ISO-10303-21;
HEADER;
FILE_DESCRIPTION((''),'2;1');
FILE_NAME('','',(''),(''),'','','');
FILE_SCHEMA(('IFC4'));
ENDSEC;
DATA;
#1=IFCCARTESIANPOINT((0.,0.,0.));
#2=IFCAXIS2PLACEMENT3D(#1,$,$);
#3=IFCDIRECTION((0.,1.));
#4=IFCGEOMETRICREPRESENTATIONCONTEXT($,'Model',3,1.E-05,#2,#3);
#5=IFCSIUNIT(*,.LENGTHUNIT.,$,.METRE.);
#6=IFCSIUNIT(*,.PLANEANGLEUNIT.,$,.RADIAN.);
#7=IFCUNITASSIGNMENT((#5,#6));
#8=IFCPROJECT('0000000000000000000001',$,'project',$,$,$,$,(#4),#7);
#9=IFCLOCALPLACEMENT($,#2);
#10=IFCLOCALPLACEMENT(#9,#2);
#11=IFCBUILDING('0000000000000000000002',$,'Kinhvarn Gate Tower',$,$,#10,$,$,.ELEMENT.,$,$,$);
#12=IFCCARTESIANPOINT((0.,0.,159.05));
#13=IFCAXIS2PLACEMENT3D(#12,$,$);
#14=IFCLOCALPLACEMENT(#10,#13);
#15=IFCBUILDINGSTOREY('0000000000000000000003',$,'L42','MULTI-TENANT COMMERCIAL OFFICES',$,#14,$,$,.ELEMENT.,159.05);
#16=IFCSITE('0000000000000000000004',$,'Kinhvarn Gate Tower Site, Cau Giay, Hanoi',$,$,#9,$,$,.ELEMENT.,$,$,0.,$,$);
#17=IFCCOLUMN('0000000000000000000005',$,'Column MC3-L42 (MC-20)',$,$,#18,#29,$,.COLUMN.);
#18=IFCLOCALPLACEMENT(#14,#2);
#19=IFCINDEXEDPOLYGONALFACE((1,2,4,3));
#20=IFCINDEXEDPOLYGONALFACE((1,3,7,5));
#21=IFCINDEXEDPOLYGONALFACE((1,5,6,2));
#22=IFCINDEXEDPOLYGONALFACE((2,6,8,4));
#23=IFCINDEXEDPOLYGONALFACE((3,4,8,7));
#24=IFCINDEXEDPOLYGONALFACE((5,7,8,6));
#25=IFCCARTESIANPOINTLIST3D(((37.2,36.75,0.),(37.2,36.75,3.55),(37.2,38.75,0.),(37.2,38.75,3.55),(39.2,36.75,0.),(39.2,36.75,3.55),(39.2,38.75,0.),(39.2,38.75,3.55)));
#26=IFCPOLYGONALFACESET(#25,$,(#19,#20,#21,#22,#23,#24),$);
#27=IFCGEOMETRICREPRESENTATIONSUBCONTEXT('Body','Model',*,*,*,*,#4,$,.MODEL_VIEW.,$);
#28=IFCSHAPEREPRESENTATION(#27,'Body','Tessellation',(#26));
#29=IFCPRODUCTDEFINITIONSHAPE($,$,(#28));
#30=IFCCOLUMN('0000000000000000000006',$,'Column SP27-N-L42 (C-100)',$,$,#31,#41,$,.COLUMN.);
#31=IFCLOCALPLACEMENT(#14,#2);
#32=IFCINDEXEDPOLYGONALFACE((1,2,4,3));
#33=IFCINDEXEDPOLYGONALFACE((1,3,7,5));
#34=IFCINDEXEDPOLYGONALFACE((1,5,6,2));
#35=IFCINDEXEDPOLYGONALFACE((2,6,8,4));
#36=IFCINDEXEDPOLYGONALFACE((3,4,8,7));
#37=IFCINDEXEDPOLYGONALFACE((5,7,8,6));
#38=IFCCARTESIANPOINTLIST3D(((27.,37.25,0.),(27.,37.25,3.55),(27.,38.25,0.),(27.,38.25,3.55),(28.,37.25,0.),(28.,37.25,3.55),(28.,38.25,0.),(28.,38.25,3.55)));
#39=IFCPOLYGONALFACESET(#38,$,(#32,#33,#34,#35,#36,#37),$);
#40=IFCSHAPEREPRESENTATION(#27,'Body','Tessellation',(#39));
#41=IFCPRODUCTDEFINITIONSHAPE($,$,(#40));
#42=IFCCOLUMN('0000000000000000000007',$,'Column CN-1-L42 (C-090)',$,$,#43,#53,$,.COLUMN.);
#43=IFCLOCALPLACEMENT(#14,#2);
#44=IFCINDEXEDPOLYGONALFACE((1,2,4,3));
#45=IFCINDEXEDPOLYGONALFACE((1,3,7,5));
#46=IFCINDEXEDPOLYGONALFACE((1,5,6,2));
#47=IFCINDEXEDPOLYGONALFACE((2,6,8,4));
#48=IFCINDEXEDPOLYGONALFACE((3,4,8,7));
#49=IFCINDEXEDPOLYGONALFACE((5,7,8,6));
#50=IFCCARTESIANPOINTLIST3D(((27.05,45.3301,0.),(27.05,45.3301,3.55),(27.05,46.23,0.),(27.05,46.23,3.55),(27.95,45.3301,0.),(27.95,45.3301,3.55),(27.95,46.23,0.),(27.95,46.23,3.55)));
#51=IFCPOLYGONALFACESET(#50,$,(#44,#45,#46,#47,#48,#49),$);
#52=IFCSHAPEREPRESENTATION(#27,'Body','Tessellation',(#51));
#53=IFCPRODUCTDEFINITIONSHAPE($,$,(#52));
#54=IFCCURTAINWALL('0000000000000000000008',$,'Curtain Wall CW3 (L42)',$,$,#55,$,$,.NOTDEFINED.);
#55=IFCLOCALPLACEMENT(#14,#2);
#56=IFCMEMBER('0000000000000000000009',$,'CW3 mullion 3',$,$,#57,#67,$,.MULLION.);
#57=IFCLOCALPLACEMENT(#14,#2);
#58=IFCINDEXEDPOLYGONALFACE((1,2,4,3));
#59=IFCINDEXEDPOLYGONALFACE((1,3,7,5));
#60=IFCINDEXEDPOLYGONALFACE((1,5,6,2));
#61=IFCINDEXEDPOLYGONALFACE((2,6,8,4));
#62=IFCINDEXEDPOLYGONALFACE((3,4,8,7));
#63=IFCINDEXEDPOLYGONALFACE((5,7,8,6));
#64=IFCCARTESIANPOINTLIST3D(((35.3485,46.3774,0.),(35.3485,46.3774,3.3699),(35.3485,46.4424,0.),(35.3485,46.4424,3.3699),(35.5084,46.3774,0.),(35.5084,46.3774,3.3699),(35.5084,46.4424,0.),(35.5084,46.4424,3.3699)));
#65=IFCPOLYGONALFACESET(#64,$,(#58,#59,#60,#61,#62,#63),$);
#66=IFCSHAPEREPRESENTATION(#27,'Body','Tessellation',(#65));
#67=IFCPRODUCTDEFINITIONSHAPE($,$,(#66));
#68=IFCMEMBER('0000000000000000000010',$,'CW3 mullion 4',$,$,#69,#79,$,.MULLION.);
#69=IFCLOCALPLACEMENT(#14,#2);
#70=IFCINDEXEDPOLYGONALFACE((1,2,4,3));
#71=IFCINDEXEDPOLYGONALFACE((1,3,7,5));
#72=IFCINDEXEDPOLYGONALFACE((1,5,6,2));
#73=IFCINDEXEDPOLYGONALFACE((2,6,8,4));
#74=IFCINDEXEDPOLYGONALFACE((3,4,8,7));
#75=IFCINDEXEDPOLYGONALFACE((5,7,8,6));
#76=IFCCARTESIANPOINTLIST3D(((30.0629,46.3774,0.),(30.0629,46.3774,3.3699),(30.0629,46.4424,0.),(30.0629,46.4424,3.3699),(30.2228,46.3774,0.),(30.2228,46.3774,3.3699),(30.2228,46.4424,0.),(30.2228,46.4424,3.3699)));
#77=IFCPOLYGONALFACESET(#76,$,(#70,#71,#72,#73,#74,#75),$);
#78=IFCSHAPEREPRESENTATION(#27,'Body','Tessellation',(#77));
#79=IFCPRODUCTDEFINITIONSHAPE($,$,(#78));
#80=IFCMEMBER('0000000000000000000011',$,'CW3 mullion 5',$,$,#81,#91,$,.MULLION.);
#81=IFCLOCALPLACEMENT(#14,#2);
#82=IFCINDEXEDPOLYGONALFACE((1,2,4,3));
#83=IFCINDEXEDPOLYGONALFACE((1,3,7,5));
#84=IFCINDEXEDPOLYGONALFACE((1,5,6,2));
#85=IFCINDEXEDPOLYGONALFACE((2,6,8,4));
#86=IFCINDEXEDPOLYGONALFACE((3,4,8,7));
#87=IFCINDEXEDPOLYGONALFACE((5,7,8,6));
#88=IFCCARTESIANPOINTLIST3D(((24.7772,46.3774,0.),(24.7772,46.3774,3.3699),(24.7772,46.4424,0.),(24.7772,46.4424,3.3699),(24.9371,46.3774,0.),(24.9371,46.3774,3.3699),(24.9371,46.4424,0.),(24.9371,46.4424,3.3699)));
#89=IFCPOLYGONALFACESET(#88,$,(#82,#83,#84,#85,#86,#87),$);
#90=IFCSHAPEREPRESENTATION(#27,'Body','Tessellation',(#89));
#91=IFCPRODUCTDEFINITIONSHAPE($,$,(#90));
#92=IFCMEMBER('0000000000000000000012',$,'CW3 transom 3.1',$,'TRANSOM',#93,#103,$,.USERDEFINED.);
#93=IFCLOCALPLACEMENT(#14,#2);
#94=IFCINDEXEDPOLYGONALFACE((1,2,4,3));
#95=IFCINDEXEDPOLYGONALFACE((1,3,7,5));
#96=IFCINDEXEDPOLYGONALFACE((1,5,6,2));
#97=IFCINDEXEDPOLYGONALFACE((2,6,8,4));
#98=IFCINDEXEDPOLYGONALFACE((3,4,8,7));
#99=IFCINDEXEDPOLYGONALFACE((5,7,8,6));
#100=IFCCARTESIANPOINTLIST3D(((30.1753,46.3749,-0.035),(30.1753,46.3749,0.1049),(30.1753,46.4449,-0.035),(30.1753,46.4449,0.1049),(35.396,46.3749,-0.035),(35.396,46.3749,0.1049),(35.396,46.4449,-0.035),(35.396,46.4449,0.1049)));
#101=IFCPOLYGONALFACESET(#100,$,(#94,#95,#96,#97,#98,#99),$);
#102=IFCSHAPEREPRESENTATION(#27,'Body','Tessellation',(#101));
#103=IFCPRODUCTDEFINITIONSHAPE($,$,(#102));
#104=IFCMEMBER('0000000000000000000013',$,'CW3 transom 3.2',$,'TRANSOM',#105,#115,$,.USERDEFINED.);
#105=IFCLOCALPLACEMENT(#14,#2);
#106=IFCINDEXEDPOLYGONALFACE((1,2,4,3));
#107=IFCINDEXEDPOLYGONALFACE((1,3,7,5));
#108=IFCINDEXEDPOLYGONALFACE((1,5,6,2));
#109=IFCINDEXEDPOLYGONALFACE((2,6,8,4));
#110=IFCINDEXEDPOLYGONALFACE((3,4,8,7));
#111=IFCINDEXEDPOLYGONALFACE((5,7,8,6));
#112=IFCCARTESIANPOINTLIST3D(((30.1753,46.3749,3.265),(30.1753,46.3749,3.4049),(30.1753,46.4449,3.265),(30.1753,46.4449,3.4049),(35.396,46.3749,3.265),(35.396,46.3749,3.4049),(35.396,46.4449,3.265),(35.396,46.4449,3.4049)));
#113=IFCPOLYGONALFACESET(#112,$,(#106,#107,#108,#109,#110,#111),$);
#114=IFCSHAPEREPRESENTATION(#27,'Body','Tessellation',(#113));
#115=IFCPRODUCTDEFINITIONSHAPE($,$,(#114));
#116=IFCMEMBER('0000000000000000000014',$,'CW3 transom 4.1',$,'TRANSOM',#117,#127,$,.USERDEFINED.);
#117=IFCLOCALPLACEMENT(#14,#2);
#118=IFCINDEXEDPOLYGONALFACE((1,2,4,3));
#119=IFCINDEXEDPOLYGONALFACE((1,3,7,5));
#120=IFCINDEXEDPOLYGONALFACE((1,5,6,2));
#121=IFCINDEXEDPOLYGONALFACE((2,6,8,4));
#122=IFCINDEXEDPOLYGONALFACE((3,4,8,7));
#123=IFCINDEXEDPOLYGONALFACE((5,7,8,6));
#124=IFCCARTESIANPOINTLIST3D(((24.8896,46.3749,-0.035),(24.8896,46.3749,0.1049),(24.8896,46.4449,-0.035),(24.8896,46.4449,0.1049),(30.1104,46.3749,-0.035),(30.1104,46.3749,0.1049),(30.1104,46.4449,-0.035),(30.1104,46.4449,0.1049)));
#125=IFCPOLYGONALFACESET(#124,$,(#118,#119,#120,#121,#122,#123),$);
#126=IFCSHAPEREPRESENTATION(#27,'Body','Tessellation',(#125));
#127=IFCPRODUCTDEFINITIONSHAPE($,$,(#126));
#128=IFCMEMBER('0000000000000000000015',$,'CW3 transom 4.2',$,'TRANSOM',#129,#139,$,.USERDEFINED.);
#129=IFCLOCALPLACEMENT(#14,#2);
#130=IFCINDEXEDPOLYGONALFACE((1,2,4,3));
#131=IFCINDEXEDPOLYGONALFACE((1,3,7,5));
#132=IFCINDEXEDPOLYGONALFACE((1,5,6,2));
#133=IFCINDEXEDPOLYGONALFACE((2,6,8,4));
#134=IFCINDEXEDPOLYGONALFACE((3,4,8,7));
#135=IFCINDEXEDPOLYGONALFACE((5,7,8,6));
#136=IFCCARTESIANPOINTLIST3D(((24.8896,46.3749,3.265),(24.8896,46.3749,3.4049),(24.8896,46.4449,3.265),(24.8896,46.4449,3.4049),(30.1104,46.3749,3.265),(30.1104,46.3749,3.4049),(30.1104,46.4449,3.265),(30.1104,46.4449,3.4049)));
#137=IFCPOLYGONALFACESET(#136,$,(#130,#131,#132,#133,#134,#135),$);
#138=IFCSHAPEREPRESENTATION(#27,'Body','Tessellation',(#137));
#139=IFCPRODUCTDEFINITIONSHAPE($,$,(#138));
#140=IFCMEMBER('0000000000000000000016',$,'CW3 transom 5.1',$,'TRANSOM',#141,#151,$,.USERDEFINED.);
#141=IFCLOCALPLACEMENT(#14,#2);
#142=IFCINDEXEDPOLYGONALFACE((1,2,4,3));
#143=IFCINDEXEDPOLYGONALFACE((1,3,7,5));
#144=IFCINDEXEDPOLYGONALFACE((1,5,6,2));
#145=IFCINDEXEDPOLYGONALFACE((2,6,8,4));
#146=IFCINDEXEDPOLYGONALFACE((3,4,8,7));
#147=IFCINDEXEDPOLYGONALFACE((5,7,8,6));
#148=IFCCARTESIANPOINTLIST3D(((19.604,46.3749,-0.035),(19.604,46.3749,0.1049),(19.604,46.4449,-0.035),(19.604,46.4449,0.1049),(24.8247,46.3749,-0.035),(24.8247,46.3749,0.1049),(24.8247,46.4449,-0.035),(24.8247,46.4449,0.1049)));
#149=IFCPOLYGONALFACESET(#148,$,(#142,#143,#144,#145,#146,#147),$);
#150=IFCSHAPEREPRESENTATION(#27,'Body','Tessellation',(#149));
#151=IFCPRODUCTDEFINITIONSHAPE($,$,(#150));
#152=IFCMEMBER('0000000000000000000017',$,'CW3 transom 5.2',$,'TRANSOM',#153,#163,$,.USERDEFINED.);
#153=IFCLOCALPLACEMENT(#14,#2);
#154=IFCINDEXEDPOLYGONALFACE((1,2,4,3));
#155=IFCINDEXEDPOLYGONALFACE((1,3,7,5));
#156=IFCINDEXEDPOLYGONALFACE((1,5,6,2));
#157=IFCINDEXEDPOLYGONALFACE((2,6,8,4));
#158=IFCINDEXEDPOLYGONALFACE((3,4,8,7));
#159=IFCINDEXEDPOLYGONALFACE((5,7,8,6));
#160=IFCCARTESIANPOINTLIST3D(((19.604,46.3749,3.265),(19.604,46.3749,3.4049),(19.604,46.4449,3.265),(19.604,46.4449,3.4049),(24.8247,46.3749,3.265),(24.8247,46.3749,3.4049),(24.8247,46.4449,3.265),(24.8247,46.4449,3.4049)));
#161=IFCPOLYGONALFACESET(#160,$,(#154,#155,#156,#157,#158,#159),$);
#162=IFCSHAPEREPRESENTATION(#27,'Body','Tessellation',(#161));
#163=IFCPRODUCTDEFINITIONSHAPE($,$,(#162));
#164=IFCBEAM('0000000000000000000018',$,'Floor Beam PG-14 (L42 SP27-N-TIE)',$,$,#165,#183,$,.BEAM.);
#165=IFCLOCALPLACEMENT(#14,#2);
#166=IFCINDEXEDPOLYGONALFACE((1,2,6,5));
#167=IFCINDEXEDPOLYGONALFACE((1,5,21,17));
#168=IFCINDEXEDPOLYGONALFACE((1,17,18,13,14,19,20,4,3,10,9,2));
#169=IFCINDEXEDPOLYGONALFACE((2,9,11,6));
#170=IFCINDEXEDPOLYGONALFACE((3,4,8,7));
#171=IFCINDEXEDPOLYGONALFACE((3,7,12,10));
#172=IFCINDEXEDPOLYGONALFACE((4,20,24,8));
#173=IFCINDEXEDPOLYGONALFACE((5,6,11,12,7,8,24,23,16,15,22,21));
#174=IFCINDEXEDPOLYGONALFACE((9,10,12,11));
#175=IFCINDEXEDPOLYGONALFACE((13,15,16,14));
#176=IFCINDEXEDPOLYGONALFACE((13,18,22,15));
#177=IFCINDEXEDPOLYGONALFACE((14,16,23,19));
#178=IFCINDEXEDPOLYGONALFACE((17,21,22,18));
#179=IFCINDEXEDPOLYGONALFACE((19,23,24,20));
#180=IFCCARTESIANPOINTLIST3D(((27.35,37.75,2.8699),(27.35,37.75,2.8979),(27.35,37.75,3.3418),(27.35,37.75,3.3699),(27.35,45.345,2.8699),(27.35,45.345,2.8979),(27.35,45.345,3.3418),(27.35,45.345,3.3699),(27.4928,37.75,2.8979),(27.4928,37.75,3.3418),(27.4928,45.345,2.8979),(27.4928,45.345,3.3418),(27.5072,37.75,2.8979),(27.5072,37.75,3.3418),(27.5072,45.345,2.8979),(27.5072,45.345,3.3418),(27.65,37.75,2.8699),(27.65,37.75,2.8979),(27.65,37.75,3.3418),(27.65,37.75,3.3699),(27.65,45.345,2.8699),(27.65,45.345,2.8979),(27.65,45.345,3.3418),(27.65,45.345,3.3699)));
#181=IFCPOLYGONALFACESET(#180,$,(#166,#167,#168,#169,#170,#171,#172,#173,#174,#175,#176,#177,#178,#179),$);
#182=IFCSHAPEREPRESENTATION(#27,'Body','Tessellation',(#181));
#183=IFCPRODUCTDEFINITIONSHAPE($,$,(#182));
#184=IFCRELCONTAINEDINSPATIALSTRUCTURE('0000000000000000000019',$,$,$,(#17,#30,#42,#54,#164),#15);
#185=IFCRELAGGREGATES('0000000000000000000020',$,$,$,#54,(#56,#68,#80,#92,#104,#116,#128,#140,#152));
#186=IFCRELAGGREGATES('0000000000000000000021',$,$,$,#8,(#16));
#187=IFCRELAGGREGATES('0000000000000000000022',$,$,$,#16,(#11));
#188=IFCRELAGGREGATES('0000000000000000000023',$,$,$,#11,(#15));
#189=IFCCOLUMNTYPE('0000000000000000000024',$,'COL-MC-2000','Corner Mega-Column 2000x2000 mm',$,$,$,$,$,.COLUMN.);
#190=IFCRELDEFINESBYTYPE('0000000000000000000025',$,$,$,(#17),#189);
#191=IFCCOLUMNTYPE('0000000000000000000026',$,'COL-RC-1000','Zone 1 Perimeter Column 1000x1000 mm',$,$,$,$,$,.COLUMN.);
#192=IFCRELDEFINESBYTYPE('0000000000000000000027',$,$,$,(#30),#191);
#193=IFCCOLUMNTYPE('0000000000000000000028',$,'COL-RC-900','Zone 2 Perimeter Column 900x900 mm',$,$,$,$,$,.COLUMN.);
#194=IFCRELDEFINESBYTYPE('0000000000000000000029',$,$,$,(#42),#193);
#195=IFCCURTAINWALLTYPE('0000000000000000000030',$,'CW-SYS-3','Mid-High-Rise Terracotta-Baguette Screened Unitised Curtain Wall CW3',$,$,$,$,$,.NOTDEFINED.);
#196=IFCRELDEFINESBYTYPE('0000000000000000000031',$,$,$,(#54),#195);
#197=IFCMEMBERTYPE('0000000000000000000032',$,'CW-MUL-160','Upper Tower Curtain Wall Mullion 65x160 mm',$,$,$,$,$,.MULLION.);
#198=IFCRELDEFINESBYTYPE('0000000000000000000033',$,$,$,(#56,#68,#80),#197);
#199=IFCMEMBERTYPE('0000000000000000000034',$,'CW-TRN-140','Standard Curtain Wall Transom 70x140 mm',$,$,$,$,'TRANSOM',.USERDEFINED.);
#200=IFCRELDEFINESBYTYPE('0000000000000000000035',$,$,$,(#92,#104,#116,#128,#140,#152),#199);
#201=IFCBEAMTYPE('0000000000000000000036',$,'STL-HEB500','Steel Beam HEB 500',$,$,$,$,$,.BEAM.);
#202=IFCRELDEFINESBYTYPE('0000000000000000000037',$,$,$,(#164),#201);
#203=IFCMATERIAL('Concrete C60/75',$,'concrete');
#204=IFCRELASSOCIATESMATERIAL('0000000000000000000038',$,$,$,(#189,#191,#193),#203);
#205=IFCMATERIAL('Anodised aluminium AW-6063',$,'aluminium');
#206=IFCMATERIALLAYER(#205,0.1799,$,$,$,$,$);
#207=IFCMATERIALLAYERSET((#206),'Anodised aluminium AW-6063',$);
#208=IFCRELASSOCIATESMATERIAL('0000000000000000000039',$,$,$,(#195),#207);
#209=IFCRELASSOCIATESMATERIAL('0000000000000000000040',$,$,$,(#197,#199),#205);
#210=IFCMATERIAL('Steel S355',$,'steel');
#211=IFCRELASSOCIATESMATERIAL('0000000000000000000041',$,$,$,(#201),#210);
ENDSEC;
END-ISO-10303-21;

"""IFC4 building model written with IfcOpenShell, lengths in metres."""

from ifc_helpers import new_model, si_unit, direction, frame, origin, origin_2d, place, context, subcontext, project, spatial, rectangle, i_section, extrude, material, layer, layer_set, material_profile, profile_set, type_object, element, aggregate, save


model = new_model("IFC4")

# Units and contexts
model_context = context("Model", 3, precision=1e-05, world=origin(), true_north=direction((0.0, 1.0)))
body_context = subcontext(model_context, "Body", "Model", "MODEL_VIEW")
ifc_project = project(units=[si_unit("LENGTHUNIT", "METRE"), si_unit("PLANEANGLEUNIT", "RADIAN")], contexts=[model_context])

# Site, building, storey
site_placement = place(None, origin())
site = spatial("IfcSite", under=ifc_project, at=site_placement, Name="Kinhvarn Gate Tower Site, Cau Giay, Hanoi", CompositionType="ELEMENT", RefElevation=0.0)
building_placement = place(site_placement, origin())
building = spatial("IfcBuilding", under=site, at=building_placement, Name="Kinhvarn Gate Tower", CompositionType="ELEMENT")
storey_placement = place(building_placement, frame((0.0, 0.0, 159.05)))
storey = spatial("IfcBuildingStorey", under=building, at=storey_placement, Name="L42", Description="MULTI-TENANT COMMERCIAL OFFICES", CompositionType="ELEMENT", Elevation=159.05)

# Columns
ifc_material_1 = material(Name="Concrete C60/75", Category="concrete")
ifc_material_profile_1 = material_profile(ifc_material_1, rectangle(XDim=2.0, YDim=2.0, at=origin_2d()), Name="RC 2000x2000")
ifc_profile_set_1 = profile_set([ifc_material_profile_1], Name="Concrete C60/75")
column_type_1 = type_object("IfcColumnType", Name="COL-MC-2000", Description="Corner Mega-Column 2000x2000 mm", PredefinedType="COLUMN", material=ifc_profile_set_1)
column_1_placement = place(storey_placement, frame((38.2, 37.75, 0.0), z_axis=(0.0, 0.0, 1.0), x_axis=(1.0, 0.0, 0.0)))
element("IfcColumn", 1, at=column_1_placement, inside=storey, type_object=column_type_1, Name="Column MC3-L42 (MC-20)", PredefinedType="COLUMN", context=body_context, shape_type="SweptSolid", body=[
    extrude(rectangle(XDim=2.0, YDim=2.0, at=origin_2d()), origin(), (0.0, 0.0, 1.0), 3.55),
])
ifc_material_profile_2 = material_profile(ifc_material_1, rectangle(XDim=1.0, YDim=1.0, at=origin_2d()), Name="RC 1000x1000")
ifc_profile_set_2 = profile_set([ifc_material_profile_2], Name="Concrete C60/75")
column_type_2 = type_object("IfcColumnType", Name="COL-RC-1000", Description="Zone 1 Perimeter Column 1000x1000 mm", PredefinedType="COLUMN", material=ifc_profile_set_2)
column_2_placement = place(storey_placement, frame((27.5, 37.75, 0.0), z_axis=(0.0, 0.0, 1.0), x_axis=(1.0, 0.0, 0.0)))
element("IfcColumn", 2, at=column_2_placement, inside=storey, type_object=column_type_2, Name="Column SP27-N-L42 (C-100)", PredefinedType="COLUMN", context=body_context, shape_type="SweptSolid", body=[
    extrude(rectangle(XDim=1.0, YDim=1.0, at=origin_2d()), origin(), (0.0, 0.0, 1.0), 3.55),
])
ifc_material_profile_3 = material_profile(ifc_material_1, rectangle(XDim=0.8999, YDim=0.8999, at=origin_2d()), Name="RC 900x900")
ifc_profile_set_3 = profile_set([ifc_material_profile_3], Name="Concrete C60/75")
column_type_3 = type_object("IfcColumnType", Name="COL-RC-900", Description="Zone 2 Perimeter Column 900x900 mm", PredefinedType="COLUMN", material=ifc_profile_set_3)
column_3_placement = place(storey_placement, frame((27.5, 45.78, 0.0), z_axis=(0.0, 0.0, 1.0), x_axis=(1.0, 0.0, 0.0)))
element("IfcColumn", 3, at=column_3_placement, inside=storey, type_object=column_type_3, Name="Column CN-1-L42 (C-090)", PredefinedType="COLUMN", context=body_context, shape_type="SweptSolid", body=[
    extrude(rectangle(XDim=0.8999, YDim=0.8999, at=origin_2d()), origin(), (0.0, 0.0, 1.0), 3.55),
])

# Curtain wall, members
ifc_material_2 = material(Name="Anodised aluminium AW-6063", Category="aluminium")
ifc_layer_1 = layer(ifc_material_2, 0.1799)
ifc_layer_set_1 = layer_set([ifc_layer_1], Name="Anodised aluminium AW-6063")
curtain_wall_type = type_object("IfcCurtainWallType", Name="CW-SYS-3", Description="Mid-High-Rise Terracotta-Baguette Screened Unitised Curtain Wall CW3", PredefinedType="NOTDEFINED", material=ifc_layer_set_1)
curtain_wall_placement = place(storey_placement, origin())
curtain_wall = element("IfcCurtainWall", 4, at=curtain_wall_placement, inside=storey, type_object=curtain_wall_type, Name="Curtain Wall CW3 (L42)", PredefinedType="NOTDEFINED")
ifc_material_profile_4 = material_profile(ifc_material_2, rectangle(XDim=0.0649, YDim=0.1599, at=origin_2d()), Name="ALU 65x160")
ifc_profile_set_4 = profile_set([ifc_material_profile_4], Name="Anodised aluminium AW-6063")
member_type_1 = type_object("IfcMemberType", Name="CW-MUL-160", Description="Upper Tower Curtain Wall Mullion 65x160 mm", PredefinedType="MULLION", material=ifc_profile_set_4)
member_1_placement = place(storey_placement, frame((35.4285, 46.4099, 0.0), z_axis=(0.0, 0.0, 1.0), x_axis=(0.0, -1.0, 0.0)))
member_1 = element("IfcMember", 5, at=member_1_placement, type_object=member_type_1, Name="CW3 mullion 3", PredefinedType="MULLION", context=body_context, shape_type="SweptSolid", body=[
    extrude(rectangle(XDim=0.0649, YDim=0.1599, at=origin_2d()), origin(), (0.0, 0.0, 1.0), 3.3699),
])
member_2_placement = place(storey_placement, frame((30.1428, 46.4099, 0.0), z_axis=(0.0, 0.0, 1.0), x_axis=(0.0, -1.0, 0.0)))
member_2 = element("IfcMember", 6, at=member_2_placement, type_object=member_type_1, Name="CW3 mullion 4", PredefinedType="MULLION", context=body_context, shape_type="SweptSolid", body=[
    extrude(rectangle(XDim=0.0649, YDim=0.1599, at=origin_2d()), origin(), (0.0, 0.0, 1.0), 3.3699),
])
member_3_placement = place(storey_placement, frame((24.8572, 46.4099, 0.0), z_axis=(0.0, 0.0, 1.0), x_axis=(0.0, -1.0, 0.0)))
member_3 = element("IfcMember", 7, at=member_3_placement, type_object=member_type_1, Name="CW3 mullion 5", PredefinedType="MULLION", context=body_context, shape_type="SweptSolid", body=[
    extrude(rectangle(XDim=0.0649, YDim=0.1599, at=origin_2d()), origin(), (0.0, 0.0, 1.0), 3.3699),
])
ifc_material_profile_5 = material_profile(ifc_material_2, rectangle(XDim=0.0701, YDim=0.1399, at=origin_2d()), Name="ALU 70x140")
ifc_profile_set_5 = profile_set([ifc_material_profile_5], Name="Anodised aluminium AW-6063")
member_type_2 = type_object("IfcMemberType", Name="CW-TRN-140", Description="Standard Curtain Wall Transom 70x140 mm", ElementType="TRANSOM", PredefinedType="USERDEFINED", material=ifc_profile_set_5)
member_4_placement = place(storey_placement, frame((35.396, 46.4099, 0.0349), z_axis=(-1.0, 0.0, 0.0), x_axis=(0.0, -1.0, 0.0)))
member_4 = element("IfcMember", 8, at=member_4_placement, type_object=member_type_2, Name="CW3 transom 3.1", ObjectType="TRANSOM", PredefinedType="USERDEFINED", context=body_context, shape_type="SweptSolid", body=[
    extrude(rectangle(XDim=0.0701, YDim=0.1399, at=origin_2d()), origin(), (0.0, 0.0, 1.0), 5.2207),
])
member_5_placement = place(storey_placement, frame((35.396, 46.4099, 3.335), z_axis=(-1.0, 0.0, 0.0), x_axis=(0.0, -1.0, 0.0)))
member_5 = element("IfcMember", 9, at=member_5_placement, type_object=member_type_2, Name="CW3 transom 3.2", ObjectType="TRANSOM", PredefinedType="USERDEFINED", context=body_context, shape_type="SweptSolid", body=[
    extrude(rectangle(XDim=0.0701, YDim=0.1399, at=origin_2d()), origin(), (0.0, 0.0, 1.0), 5.2207),
])
member_6_placement = place(storey_placement, frame((30.1104, 46.4099, 0.0349), z_axis=(-1.0, 0.0, 0.0), x_axis=(0.0, -1.0, 0.0)))
member_6 = element("IfcMember", 10, at=member_6_placement, type_object=member_type_2, Name="CW3 transom 4.1", ObjectType="TRANSOM", PredefinedType="USERDEFINED", context=body_context, shape_type="SweptSolid", body=[
    extrude(rectangle(XDim=0.0701, YDim=0.1399, at=origin_2d()), origin(), (0.0, 0.0, 1.0), 5.2207),
])
member_7_placement = place(storey_placement, frame((30.1104, 46.4099, 3.335), z_axis=(-1.0, 0.0, 0.0), x_axis=(0.0, -1.0, 0.0)))
member_7 = element("IfcMember", 11, at=member_7_placement, type_object=member_type_2, Name="CW3 transom 4.2", ObjectType="TRANSOM", PredefinedType="USERDEFINED", context=body_context, shape_type="SweptSolid", body=[
    extrude(rectangle(XDim=0.0701, YDim=0.1399, at=origin_2d()), origin(), (0.0, 0.0, 1.0), 5.2207),
])
member_8_placement = place(storey_placement, frame((24.8247, 46.4099, 0.0349), z_axis=(-1.0, 0.0, 0.0), x_axis=(0.0, -1.0, 0.0)))
member_8 = element("IfcMember", 12, at=member_8_placement, type_object=member_type_2, Name="CW3 transom 5.1", ObjectType="TRANSOM", PredefinedType="USERDEFINED", context=body_context, shape_type="SweptSolid", body=[
    extrude(rectangle(XDim=0.0701, YDim=0.1399, at=origin_2d()), origin(), (0.0, 0.0, 1.0), 5.2207),
])
member_9_placement = place(storey_placement, frame((24.8247, 46.4099, 3.335), z_axis=(-1.0, 0.0, 0.0), x_axis=(0.0, -1.0, 0.0)))
member_9 = element("IfcMember", 13, at=member_9_placement, type_object=member_type_2, Name="CW3 transom 5.2", ObjectType="TRANSOM", PredefinedType="USERDEFINED", context=body_context, shape_type="SweptSolid", body=[
    extrude(rectangle(XDim=0.0701, YDim=0.1399, at=origin_2d()), origin(), (0.0, 0.0, 1.0), 5.2207),
])

# Beam
ifc_material_3 = material(Name="Steel S355", Category="steel")
ifc_material_profile_6 = material_profile(ifc_material_3, i_section(OverallWidth=0.3, OverallDepth=0.5, WebThickness=0.0144, FlangeThickness=0.0281, at=origin_2d()), Name="HEB 500")
ifc_profile_set_6 = profile_set([ifc_material_profile_6], Name="Steel S355")
beam_type_1 = type_object("IfcBeamType", Name="STL-HEB500", Description="Steel Beam HEB 500", PredefinedType="BEAM", material=ifc_profile_set_6)
for number, where, z_axis, x_axis, name in (
    (14, (27.5, 37.75, 3.1199), (0.0, 1.0, 0.0), (-1.0, 0.0, 0.0), "Floor Beam PG-14 (L42 SP27-N-TIE)"),
):
    element("IfcBeam", number, at=place(storey_placement, frame(where, z_axis=z_axis, x_axis=x_axis)), inside=storey, type_object=beam_type_1, Name=name, PredefinedType="BEAM", context=body_context, shape_type="SweptSolid", body=[
        extrude(i_section(OverallWidth=0.3, OverallDepth=0.5, WebThickness=0.0144, FlangeThickness=0.0281, at=origin_2d()), origin(), (0.0, 0.0, 1.0), 7.595),
    ])

aggregate(curtain_wall, [member_1, member_2, member_3, member_4, member_5, member_6, member_7, member_8, member_9])

save(model, "model.ifc")
